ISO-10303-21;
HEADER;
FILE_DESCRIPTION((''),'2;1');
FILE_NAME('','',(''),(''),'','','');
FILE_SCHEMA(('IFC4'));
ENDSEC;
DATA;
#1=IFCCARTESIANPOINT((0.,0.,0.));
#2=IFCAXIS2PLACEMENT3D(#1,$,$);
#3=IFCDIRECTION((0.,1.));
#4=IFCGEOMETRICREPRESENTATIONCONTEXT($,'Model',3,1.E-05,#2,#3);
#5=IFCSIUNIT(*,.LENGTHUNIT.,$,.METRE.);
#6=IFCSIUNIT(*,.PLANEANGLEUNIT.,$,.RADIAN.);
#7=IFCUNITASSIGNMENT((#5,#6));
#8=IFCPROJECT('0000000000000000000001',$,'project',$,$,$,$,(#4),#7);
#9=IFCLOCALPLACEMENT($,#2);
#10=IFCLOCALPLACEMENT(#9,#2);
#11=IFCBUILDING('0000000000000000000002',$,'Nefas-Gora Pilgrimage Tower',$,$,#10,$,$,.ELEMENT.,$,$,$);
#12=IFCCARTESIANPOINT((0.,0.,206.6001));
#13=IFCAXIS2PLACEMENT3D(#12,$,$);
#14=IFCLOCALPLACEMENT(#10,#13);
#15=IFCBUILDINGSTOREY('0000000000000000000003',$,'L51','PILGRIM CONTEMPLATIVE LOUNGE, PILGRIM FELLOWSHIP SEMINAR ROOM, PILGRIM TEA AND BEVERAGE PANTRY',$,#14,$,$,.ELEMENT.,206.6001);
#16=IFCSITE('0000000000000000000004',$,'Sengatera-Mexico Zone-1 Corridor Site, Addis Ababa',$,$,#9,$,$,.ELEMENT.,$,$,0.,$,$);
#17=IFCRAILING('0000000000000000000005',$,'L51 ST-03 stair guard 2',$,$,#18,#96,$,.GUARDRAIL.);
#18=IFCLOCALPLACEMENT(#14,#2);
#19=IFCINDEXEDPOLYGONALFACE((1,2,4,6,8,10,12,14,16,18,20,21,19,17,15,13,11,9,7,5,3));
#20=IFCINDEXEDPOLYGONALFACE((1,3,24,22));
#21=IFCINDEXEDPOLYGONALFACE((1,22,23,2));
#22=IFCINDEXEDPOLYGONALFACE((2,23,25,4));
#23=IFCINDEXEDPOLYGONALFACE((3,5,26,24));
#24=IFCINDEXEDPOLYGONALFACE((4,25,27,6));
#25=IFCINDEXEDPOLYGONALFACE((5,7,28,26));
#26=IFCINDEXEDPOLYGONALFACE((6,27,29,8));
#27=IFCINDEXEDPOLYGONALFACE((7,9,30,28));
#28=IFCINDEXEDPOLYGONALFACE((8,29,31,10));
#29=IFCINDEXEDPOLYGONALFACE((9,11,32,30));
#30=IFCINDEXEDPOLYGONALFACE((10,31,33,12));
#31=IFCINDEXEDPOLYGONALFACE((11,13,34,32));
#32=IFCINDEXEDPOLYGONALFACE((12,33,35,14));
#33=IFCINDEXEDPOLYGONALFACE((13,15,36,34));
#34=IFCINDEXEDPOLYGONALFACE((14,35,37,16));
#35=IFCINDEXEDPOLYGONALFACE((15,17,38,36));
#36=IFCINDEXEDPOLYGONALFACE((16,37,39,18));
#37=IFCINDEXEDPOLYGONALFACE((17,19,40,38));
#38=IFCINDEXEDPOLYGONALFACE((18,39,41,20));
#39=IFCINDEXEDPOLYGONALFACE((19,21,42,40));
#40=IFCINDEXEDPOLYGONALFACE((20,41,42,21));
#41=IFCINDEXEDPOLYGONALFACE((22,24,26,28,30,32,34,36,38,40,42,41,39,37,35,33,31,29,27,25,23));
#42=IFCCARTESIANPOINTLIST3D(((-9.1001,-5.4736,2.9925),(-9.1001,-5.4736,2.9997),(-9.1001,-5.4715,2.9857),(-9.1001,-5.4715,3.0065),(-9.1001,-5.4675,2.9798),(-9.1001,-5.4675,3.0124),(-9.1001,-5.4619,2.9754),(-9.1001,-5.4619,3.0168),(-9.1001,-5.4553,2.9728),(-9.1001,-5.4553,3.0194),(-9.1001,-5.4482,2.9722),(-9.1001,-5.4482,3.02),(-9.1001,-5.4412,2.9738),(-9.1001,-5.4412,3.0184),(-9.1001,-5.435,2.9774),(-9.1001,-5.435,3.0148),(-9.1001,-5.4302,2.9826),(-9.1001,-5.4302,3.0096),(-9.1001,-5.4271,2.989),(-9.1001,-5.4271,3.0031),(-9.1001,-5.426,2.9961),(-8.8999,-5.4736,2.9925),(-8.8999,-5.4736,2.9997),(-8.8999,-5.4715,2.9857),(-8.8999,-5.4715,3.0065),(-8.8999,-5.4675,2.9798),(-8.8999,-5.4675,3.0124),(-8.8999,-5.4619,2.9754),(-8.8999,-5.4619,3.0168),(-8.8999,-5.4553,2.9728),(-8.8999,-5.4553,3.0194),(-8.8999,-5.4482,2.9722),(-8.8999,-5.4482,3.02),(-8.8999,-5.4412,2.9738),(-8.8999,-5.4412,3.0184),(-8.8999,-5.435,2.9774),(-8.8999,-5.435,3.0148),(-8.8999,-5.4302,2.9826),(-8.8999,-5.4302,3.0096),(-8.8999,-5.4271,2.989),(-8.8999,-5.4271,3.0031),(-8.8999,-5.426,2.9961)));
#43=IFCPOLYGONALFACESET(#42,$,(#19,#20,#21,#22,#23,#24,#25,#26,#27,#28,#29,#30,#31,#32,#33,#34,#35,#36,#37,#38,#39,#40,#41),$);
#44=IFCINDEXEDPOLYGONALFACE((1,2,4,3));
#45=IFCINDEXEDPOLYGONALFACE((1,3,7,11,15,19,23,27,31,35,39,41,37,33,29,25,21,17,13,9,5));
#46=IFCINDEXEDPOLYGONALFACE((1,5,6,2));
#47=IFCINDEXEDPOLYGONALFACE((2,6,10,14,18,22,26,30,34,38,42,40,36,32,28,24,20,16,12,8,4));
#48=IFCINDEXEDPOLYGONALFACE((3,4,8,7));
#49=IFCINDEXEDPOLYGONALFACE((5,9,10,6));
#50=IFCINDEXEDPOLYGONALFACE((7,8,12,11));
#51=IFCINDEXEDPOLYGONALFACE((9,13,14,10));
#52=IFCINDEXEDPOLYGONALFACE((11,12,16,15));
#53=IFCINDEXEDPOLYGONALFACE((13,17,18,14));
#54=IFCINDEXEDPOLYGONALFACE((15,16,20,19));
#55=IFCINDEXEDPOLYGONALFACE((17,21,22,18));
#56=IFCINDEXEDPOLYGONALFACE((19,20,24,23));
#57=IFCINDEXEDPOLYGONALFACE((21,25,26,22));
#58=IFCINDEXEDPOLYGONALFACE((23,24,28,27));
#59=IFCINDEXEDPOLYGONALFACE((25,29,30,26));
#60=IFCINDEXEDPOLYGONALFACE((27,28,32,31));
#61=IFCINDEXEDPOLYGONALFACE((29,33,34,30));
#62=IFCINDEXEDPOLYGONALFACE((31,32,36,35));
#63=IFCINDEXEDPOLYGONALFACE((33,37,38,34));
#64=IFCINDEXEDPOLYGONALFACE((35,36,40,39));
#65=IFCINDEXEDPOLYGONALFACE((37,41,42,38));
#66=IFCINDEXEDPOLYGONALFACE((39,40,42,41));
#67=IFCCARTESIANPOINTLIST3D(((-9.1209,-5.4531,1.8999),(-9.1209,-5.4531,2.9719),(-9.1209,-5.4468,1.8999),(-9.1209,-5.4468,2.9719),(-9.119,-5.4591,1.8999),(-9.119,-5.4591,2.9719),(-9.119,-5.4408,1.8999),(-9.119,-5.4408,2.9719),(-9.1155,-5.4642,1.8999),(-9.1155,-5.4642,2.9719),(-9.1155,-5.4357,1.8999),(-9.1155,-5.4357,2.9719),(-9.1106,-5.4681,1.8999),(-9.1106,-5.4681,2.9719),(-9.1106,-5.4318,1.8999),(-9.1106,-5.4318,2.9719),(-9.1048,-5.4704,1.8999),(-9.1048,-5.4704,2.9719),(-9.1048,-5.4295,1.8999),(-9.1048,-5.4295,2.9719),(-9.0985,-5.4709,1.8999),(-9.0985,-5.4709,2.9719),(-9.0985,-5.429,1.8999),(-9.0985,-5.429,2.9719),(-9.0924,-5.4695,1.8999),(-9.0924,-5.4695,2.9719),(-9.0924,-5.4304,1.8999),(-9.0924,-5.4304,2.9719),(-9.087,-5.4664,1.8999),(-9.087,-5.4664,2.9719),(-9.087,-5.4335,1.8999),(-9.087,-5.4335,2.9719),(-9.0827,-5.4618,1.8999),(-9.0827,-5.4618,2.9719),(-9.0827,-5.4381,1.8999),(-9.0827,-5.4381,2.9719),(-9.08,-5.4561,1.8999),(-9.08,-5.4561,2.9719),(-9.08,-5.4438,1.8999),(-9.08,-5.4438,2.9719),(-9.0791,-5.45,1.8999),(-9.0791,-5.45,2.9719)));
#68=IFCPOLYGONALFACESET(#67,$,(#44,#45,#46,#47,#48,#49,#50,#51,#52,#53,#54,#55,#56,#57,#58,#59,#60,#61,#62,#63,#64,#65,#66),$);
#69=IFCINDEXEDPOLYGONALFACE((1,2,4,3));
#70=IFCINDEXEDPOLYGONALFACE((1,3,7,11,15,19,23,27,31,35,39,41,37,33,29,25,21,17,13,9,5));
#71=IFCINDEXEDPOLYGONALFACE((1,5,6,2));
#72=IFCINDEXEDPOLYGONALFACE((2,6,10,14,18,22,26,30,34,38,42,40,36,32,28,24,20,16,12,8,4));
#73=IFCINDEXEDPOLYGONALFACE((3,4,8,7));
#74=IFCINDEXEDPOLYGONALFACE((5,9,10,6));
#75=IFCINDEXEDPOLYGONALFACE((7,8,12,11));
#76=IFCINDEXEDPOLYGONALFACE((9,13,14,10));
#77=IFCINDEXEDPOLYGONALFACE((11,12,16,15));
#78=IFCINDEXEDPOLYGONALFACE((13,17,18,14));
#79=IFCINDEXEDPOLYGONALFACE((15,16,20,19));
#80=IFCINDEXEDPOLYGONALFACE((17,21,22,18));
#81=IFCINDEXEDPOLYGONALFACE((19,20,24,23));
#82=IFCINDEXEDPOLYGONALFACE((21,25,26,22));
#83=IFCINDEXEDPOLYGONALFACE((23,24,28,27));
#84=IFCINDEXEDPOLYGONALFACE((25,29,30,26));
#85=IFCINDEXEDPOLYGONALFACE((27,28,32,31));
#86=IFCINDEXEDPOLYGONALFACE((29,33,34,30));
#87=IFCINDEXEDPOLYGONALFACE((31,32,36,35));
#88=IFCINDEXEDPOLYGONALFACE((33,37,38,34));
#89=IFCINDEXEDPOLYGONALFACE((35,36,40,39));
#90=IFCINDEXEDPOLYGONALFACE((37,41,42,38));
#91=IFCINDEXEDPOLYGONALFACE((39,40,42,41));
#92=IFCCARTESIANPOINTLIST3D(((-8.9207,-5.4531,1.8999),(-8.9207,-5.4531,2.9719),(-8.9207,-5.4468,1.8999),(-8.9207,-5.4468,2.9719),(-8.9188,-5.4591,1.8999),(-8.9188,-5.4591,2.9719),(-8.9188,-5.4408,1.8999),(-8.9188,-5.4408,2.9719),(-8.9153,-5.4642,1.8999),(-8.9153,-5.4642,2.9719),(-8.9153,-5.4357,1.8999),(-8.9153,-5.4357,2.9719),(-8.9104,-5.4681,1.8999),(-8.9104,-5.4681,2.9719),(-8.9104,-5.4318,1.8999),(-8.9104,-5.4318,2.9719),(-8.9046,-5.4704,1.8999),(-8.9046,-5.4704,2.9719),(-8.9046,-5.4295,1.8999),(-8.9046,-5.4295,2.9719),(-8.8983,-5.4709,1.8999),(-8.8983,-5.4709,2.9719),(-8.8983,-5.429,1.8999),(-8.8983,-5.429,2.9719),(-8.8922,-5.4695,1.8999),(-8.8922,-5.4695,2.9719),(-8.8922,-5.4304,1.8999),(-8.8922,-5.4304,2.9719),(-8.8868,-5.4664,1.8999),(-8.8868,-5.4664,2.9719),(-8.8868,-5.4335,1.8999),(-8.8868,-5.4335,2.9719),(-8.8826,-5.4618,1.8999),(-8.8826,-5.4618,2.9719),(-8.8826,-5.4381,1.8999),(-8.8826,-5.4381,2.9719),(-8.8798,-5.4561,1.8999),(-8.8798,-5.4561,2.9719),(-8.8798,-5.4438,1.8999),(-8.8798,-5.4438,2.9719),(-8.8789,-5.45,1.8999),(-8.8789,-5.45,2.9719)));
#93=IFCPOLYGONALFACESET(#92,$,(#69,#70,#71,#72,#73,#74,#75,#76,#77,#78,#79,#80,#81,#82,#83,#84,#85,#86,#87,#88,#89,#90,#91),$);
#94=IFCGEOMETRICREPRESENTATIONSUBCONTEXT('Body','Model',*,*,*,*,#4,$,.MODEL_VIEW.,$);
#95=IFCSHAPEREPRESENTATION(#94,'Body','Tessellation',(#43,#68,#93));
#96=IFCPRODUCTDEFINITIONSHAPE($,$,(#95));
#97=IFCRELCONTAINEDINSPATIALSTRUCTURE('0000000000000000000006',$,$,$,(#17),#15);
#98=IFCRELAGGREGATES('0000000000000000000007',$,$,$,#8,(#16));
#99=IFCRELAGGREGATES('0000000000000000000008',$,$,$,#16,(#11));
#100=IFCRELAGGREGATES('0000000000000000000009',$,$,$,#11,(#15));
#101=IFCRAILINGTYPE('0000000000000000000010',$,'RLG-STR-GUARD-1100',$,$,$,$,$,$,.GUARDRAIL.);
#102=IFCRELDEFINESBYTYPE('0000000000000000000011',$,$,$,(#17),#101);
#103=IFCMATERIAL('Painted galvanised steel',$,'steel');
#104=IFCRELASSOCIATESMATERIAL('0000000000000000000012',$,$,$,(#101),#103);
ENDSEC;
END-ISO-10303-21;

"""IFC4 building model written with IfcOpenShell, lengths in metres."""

from ifc_helpers import new_model, si_unit, direction, frame, origin, origin_2d, place, context, subcontext, project, spatial, circle, extrude, material, type_object, element, save


model = new_model("IFC4")

# Units and contexts
model_context = context("Model", 3, precision=1e-05, world=origin(), true_north=direction((0.0, 1.0)))
body_context = subcontext(model_context, "Body", "Model", "MODEL_VIEW")
ifc_project = project(units=[si_unit("LENGTHUNIT", "METRE"), si_unit("PLANEANGLEUNIT", "RADIAN")], contexts=[model_context])

# Site, building, storey
site_placement = place(None, origin())
site = spatial("IfcSite", under=ifc_project, at=site_placement, Name="Sengatera-Mexico Zone-1 Corridor Site, Addis Ababa", CompositionType="ELEMENT", RefElevation=0.0)
building_placement = place(site_placement, origin())
building = spatial("IfcBuilding", under=site, at=building_placement, Name="Nefas-Gora Pilgrimage Tower", CompositionType="ELEMENT")
storey_placement = place(building_placement, frame((0.0, 0.0, 206.6001)))
storey = spatial("IfcBuildingStorey", under=building, at=storey_placement, Name="L51", Description="PILGRIM CONTEMPLATIVE LOUNGE, PILGRIM FELLOWSHIP SEMINAR ROOM, PILGRIM TEA AND BEVERAGE PANTRY", CompositionType="ELEMENT", Elevation=206.6001)

# Railing
ifc_material_1 = material(Name="Painted galvanised steel", Category="steel")
railing_type = type_object("IfcRailingType", Name="RLG-STR-GUARD-1100", PredefinedType="GUARDRAIL", material=ifc_material_1)
railing_placement = place(storey_placement, frame((-9.1001, -5.45, 1.8999)))
element("IfcRailing", 1, at=railing_placement, inside=storey, type_object=railing_type, Name="L51 ST-03 stair guard 2", PredefinedType="GUARDRAIL", context=body_context, shape_type="SweptSolid", body=[
    extrude(circle(Radius=0.0239, at=origin_2d()), frame((0.0, 0.0, 1.0962), z_axis=(1.0, 0.0, 0.0), x_axis=(0.0, 1.0, 0.0)), (0.0, 0.0, 1.0), 0.2002),
    extrude(circle(Radius=0.021, at=origin_2d()), origin(), (0.0, 0.0, 1.0), 1.072),
    extrude(circle(Radius=0.021, at=origin_2d()), frame((0.2002, 0.0, 0.0)), (0.0, 0.0, 1.0), 1.072),
])

save(model, "model.ifc")
